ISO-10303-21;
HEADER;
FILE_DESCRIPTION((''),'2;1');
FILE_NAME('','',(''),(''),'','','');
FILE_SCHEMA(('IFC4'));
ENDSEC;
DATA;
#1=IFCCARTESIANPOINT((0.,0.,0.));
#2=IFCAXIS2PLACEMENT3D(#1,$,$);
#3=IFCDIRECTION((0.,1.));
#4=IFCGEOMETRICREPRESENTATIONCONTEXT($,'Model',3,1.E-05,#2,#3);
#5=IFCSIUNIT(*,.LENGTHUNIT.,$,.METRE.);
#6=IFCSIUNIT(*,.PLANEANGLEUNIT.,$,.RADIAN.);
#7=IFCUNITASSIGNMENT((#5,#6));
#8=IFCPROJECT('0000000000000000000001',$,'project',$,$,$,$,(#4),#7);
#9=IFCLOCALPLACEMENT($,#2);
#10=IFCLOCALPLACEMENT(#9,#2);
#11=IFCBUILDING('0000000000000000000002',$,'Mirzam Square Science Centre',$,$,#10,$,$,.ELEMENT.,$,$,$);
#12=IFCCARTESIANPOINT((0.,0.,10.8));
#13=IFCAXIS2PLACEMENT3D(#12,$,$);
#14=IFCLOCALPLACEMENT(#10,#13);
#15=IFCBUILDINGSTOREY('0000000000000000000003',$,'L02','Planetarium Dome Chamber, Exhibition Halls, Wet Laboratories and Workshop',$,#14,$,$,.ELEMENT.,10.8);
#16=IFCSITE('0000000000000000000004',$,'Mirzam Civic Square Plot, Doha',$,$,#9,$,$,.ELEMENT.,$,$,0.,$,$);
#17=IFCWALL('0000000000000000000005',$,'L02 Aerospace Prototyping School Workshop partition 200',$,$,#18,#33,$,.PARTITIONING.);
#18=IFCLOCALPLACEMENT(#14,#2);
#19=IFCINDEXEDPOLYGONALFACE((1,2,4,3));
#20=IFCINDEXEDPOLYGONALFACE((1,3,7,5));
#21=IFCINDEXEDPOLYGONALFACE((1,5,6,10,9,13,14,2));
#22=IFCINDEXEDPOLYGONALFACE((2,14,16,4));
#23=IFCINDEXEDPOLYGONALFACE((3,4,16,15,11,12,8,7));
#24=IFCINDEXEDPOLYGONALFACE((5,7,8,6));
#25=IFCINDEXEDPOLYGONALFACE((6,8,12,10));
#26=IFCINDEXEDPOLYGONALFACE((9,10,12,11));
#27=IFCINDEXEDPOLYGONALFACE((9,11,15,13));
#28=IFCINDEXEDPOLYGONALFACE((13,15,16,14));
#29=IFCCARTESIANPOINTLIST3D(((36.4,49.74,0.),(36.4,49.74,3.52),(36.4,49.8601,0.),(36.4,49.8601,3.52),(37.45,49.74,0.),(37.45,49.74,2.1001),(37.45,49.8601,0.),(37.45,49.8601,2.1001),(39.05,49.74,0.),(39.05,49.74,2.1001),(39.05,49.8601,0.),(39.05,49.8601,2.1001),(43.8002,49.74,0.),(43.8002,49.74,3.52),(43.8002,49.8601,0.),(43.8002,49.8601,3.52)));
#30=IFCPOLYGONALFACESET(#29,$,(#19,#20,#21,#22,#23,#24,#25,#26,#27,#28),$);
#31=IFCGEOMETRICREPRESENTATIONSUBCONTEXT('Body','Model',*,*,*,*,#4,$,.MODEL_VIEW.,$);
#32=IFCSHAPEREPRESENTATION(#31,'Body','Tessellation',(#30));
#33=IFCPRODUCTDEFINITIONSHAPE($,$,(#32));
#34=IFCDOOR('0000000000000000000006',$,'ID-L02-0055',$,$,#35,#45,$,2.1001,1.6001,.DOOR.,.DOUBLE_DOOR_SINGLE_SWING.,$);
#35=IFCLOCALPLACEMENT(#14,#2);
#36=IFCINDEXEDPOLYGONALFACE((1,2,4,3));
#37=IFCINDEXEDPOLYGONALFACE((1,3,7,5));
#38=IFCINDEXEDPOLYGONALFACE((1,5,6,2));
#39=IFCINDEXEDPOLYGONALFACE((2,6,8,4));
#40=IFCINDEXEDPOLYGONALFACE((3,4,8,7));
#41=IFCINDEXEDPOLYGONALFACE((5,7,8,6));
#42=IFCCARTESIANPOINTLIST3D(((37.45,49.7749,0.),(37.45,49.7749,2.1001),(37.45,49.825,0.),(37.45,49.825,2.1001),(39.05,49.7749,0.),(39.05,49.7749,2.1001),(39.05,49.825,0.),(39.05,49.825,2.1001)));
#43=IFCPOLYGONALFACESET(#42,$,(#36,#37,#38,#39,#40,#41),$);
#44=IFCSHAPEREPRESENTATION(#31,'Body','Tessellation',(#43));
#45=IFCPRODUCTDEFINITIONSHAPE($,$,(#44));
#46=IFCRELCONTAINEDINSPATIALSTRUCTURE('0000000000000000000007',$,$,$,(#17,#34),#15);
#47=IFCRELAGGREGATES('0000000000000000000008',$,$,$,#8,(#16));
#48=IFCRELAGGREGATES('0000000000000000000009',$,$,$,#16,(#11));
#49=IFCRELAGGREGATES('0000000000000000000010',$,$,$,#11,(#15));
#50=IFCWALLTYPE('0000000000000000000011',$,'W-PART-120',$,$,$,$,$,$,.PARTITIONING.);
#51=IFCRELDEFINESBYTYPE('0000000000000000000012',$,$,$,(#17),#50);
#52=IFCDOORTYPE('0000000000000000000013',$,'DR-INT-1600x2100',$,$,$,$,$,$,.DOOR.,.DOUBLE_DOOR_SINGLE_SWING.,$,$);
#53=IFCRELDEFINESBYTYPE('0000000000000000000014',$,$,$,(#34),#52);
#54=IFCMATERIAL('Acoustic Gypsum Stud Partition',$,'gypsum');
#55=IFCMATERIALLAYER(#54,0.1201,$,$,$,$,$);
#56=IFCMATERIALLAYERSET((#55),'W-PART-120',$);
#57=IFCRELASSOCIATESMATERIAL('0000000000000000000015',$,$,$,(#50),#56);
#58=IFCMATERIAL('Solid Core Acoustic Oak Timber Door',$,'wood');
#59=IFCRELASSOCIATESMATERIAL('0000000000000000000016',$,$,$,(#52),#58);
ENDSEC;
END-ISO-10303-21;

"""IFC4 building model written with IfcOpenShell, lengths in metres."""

from ifc_helpers import new_model, si_unit, direction, frame, frame_2d, origin, place, context, subcontext, project, spatial, rectangle, extrude, material, layer, layer_set, type_object, element, fill, save


model = new_model("IFC4")

# Units and contexts
model_context = context("Model", 3, precision=1e-05, world=origin(), true_north=direction((0.0, 1.0)))
body_context = subcontext(model_context, "Body", "Model", "MODEL_VIEW")
ifc_project = project(units=[si_unit("LENGTHUNIT", "METRE"), si_unit("PLANEANGLEUNIT", "RADIAN")], contexts=[model_context])

# Site, building, storey
site_placement = place(None, origin())
site = spatial("IfcSite", under=ifc_project, at=site_placement, Name="Mirzam Civic Square Plot, Doha", CompositionType="ELEMENT", RefElevation=0.0)
building_placement = place(site_placement, origin())
building = spatial("IfcBuilding", under=site, at=building_placement, Name="Mirzam Square Science Centre", CompositionType="ELEMENT")
storey_placement = place(building_placement, frame((0.0, 0.0, 10.8)))
storey = spatial("IfcBuildingStorey", under=building, at=storey_placement, Name="L02", Description="Planetarium Dome Chamber, Exhibition Halls, Wet Laboratories and Workshop", CompositionType="ELEMENT", Elevation=10.8)

# Wall, opening, door
ifc_material_1 = material(Name="Acoustic Gypsum Stud Partition", Category="gypsum")
ifc_layer_1 = layer(ifc_material_1, 0.1201)
ifc_layer_set_1 = layer_set([ifc_layer_1], Name="W-PART-120")
wall_type_1 = type_object("IfcWallType", Name="W-PART-120", PredefinedType="PARTITIONING", material=ifc_layer_set_1)
wall_1_placement = place(storey_placement, frame((36.3999, 49.8, 0.0), z_axis=(0.0, 0.0, 1.0), x_axis=(1.0, 0.0, 0.0)))
wall_1 = element("IfcWall", 1, at=wall_1_placement, inside=storey, type_object=wall_type_1, Name="L02 Aerospace Prototyping School Workshop partition 200", PredefinedType="PARTITIONING", context=body_context, shape_type="SweptSolid", body=[
    extrude(rectangle(XDim=7.4001, YDim=0.1201, at=frame_2d((3.7002, 0.0))), origin(), (0.0, 0.0, 1.0), 3.52),
])
opening_placement = place(wall_1_placement, frame((1.05, 0.0, 0.0)))
opening = element("IfcOpeningElement", 2, at=opening_placement, cuts=wall_1, PredefinedType="OPENING", context=body_context, shape_type="SweptSolid", body=[
    extrude(rectangle(XDim=1.6001, YDim=2.1001, at=frame_2d((0.8, 1.05))), frame((0.0, 0.0701, 0.0), z_axis=(0.0, -1.0, 0.0), x_axis=(1.0, 0.0, 0.0)), (0.0, 0.0, 1.0), 0.1401),
])
ifc_material_2 = material(Name="Solid Core Acoustic Oak Timber Door", Category="wood")
door_type = type_object("IfcDoorType", Name="DR-INT-1600x2100", OperationType="DOUBLE_DOOR_SINGLE_SWING", PredefinedType="DOOR", material=ifc_material_2)
door_placement = place(opening_placement, origin())
door = element("IfcDoor", 3, at=door_placement, inside=storey, type_object=door_type, Name="ID-L02-0055", OperationType="DOUBLE_DOOR_SINGLE_SWING", OverallHeight=2.1001, OverallWidth=1.6001, PredefinedType="DOOR", context=body_context, shape_type="SweptSolid", body=[
    extrude(rectangle(XDim=1.6001, YDim=2.1001, at=frame_2d((0.8, 1.05))), frame((0.0, 0.0249, 0.0), z_axis=(0.0, -1.0, 0.0), x_axis=(1.0, 0.0, 0.0)), (0.0, 0.0, 1.0), 0.05),
])
fill(opening, door)

save(model, "model.ifc")
